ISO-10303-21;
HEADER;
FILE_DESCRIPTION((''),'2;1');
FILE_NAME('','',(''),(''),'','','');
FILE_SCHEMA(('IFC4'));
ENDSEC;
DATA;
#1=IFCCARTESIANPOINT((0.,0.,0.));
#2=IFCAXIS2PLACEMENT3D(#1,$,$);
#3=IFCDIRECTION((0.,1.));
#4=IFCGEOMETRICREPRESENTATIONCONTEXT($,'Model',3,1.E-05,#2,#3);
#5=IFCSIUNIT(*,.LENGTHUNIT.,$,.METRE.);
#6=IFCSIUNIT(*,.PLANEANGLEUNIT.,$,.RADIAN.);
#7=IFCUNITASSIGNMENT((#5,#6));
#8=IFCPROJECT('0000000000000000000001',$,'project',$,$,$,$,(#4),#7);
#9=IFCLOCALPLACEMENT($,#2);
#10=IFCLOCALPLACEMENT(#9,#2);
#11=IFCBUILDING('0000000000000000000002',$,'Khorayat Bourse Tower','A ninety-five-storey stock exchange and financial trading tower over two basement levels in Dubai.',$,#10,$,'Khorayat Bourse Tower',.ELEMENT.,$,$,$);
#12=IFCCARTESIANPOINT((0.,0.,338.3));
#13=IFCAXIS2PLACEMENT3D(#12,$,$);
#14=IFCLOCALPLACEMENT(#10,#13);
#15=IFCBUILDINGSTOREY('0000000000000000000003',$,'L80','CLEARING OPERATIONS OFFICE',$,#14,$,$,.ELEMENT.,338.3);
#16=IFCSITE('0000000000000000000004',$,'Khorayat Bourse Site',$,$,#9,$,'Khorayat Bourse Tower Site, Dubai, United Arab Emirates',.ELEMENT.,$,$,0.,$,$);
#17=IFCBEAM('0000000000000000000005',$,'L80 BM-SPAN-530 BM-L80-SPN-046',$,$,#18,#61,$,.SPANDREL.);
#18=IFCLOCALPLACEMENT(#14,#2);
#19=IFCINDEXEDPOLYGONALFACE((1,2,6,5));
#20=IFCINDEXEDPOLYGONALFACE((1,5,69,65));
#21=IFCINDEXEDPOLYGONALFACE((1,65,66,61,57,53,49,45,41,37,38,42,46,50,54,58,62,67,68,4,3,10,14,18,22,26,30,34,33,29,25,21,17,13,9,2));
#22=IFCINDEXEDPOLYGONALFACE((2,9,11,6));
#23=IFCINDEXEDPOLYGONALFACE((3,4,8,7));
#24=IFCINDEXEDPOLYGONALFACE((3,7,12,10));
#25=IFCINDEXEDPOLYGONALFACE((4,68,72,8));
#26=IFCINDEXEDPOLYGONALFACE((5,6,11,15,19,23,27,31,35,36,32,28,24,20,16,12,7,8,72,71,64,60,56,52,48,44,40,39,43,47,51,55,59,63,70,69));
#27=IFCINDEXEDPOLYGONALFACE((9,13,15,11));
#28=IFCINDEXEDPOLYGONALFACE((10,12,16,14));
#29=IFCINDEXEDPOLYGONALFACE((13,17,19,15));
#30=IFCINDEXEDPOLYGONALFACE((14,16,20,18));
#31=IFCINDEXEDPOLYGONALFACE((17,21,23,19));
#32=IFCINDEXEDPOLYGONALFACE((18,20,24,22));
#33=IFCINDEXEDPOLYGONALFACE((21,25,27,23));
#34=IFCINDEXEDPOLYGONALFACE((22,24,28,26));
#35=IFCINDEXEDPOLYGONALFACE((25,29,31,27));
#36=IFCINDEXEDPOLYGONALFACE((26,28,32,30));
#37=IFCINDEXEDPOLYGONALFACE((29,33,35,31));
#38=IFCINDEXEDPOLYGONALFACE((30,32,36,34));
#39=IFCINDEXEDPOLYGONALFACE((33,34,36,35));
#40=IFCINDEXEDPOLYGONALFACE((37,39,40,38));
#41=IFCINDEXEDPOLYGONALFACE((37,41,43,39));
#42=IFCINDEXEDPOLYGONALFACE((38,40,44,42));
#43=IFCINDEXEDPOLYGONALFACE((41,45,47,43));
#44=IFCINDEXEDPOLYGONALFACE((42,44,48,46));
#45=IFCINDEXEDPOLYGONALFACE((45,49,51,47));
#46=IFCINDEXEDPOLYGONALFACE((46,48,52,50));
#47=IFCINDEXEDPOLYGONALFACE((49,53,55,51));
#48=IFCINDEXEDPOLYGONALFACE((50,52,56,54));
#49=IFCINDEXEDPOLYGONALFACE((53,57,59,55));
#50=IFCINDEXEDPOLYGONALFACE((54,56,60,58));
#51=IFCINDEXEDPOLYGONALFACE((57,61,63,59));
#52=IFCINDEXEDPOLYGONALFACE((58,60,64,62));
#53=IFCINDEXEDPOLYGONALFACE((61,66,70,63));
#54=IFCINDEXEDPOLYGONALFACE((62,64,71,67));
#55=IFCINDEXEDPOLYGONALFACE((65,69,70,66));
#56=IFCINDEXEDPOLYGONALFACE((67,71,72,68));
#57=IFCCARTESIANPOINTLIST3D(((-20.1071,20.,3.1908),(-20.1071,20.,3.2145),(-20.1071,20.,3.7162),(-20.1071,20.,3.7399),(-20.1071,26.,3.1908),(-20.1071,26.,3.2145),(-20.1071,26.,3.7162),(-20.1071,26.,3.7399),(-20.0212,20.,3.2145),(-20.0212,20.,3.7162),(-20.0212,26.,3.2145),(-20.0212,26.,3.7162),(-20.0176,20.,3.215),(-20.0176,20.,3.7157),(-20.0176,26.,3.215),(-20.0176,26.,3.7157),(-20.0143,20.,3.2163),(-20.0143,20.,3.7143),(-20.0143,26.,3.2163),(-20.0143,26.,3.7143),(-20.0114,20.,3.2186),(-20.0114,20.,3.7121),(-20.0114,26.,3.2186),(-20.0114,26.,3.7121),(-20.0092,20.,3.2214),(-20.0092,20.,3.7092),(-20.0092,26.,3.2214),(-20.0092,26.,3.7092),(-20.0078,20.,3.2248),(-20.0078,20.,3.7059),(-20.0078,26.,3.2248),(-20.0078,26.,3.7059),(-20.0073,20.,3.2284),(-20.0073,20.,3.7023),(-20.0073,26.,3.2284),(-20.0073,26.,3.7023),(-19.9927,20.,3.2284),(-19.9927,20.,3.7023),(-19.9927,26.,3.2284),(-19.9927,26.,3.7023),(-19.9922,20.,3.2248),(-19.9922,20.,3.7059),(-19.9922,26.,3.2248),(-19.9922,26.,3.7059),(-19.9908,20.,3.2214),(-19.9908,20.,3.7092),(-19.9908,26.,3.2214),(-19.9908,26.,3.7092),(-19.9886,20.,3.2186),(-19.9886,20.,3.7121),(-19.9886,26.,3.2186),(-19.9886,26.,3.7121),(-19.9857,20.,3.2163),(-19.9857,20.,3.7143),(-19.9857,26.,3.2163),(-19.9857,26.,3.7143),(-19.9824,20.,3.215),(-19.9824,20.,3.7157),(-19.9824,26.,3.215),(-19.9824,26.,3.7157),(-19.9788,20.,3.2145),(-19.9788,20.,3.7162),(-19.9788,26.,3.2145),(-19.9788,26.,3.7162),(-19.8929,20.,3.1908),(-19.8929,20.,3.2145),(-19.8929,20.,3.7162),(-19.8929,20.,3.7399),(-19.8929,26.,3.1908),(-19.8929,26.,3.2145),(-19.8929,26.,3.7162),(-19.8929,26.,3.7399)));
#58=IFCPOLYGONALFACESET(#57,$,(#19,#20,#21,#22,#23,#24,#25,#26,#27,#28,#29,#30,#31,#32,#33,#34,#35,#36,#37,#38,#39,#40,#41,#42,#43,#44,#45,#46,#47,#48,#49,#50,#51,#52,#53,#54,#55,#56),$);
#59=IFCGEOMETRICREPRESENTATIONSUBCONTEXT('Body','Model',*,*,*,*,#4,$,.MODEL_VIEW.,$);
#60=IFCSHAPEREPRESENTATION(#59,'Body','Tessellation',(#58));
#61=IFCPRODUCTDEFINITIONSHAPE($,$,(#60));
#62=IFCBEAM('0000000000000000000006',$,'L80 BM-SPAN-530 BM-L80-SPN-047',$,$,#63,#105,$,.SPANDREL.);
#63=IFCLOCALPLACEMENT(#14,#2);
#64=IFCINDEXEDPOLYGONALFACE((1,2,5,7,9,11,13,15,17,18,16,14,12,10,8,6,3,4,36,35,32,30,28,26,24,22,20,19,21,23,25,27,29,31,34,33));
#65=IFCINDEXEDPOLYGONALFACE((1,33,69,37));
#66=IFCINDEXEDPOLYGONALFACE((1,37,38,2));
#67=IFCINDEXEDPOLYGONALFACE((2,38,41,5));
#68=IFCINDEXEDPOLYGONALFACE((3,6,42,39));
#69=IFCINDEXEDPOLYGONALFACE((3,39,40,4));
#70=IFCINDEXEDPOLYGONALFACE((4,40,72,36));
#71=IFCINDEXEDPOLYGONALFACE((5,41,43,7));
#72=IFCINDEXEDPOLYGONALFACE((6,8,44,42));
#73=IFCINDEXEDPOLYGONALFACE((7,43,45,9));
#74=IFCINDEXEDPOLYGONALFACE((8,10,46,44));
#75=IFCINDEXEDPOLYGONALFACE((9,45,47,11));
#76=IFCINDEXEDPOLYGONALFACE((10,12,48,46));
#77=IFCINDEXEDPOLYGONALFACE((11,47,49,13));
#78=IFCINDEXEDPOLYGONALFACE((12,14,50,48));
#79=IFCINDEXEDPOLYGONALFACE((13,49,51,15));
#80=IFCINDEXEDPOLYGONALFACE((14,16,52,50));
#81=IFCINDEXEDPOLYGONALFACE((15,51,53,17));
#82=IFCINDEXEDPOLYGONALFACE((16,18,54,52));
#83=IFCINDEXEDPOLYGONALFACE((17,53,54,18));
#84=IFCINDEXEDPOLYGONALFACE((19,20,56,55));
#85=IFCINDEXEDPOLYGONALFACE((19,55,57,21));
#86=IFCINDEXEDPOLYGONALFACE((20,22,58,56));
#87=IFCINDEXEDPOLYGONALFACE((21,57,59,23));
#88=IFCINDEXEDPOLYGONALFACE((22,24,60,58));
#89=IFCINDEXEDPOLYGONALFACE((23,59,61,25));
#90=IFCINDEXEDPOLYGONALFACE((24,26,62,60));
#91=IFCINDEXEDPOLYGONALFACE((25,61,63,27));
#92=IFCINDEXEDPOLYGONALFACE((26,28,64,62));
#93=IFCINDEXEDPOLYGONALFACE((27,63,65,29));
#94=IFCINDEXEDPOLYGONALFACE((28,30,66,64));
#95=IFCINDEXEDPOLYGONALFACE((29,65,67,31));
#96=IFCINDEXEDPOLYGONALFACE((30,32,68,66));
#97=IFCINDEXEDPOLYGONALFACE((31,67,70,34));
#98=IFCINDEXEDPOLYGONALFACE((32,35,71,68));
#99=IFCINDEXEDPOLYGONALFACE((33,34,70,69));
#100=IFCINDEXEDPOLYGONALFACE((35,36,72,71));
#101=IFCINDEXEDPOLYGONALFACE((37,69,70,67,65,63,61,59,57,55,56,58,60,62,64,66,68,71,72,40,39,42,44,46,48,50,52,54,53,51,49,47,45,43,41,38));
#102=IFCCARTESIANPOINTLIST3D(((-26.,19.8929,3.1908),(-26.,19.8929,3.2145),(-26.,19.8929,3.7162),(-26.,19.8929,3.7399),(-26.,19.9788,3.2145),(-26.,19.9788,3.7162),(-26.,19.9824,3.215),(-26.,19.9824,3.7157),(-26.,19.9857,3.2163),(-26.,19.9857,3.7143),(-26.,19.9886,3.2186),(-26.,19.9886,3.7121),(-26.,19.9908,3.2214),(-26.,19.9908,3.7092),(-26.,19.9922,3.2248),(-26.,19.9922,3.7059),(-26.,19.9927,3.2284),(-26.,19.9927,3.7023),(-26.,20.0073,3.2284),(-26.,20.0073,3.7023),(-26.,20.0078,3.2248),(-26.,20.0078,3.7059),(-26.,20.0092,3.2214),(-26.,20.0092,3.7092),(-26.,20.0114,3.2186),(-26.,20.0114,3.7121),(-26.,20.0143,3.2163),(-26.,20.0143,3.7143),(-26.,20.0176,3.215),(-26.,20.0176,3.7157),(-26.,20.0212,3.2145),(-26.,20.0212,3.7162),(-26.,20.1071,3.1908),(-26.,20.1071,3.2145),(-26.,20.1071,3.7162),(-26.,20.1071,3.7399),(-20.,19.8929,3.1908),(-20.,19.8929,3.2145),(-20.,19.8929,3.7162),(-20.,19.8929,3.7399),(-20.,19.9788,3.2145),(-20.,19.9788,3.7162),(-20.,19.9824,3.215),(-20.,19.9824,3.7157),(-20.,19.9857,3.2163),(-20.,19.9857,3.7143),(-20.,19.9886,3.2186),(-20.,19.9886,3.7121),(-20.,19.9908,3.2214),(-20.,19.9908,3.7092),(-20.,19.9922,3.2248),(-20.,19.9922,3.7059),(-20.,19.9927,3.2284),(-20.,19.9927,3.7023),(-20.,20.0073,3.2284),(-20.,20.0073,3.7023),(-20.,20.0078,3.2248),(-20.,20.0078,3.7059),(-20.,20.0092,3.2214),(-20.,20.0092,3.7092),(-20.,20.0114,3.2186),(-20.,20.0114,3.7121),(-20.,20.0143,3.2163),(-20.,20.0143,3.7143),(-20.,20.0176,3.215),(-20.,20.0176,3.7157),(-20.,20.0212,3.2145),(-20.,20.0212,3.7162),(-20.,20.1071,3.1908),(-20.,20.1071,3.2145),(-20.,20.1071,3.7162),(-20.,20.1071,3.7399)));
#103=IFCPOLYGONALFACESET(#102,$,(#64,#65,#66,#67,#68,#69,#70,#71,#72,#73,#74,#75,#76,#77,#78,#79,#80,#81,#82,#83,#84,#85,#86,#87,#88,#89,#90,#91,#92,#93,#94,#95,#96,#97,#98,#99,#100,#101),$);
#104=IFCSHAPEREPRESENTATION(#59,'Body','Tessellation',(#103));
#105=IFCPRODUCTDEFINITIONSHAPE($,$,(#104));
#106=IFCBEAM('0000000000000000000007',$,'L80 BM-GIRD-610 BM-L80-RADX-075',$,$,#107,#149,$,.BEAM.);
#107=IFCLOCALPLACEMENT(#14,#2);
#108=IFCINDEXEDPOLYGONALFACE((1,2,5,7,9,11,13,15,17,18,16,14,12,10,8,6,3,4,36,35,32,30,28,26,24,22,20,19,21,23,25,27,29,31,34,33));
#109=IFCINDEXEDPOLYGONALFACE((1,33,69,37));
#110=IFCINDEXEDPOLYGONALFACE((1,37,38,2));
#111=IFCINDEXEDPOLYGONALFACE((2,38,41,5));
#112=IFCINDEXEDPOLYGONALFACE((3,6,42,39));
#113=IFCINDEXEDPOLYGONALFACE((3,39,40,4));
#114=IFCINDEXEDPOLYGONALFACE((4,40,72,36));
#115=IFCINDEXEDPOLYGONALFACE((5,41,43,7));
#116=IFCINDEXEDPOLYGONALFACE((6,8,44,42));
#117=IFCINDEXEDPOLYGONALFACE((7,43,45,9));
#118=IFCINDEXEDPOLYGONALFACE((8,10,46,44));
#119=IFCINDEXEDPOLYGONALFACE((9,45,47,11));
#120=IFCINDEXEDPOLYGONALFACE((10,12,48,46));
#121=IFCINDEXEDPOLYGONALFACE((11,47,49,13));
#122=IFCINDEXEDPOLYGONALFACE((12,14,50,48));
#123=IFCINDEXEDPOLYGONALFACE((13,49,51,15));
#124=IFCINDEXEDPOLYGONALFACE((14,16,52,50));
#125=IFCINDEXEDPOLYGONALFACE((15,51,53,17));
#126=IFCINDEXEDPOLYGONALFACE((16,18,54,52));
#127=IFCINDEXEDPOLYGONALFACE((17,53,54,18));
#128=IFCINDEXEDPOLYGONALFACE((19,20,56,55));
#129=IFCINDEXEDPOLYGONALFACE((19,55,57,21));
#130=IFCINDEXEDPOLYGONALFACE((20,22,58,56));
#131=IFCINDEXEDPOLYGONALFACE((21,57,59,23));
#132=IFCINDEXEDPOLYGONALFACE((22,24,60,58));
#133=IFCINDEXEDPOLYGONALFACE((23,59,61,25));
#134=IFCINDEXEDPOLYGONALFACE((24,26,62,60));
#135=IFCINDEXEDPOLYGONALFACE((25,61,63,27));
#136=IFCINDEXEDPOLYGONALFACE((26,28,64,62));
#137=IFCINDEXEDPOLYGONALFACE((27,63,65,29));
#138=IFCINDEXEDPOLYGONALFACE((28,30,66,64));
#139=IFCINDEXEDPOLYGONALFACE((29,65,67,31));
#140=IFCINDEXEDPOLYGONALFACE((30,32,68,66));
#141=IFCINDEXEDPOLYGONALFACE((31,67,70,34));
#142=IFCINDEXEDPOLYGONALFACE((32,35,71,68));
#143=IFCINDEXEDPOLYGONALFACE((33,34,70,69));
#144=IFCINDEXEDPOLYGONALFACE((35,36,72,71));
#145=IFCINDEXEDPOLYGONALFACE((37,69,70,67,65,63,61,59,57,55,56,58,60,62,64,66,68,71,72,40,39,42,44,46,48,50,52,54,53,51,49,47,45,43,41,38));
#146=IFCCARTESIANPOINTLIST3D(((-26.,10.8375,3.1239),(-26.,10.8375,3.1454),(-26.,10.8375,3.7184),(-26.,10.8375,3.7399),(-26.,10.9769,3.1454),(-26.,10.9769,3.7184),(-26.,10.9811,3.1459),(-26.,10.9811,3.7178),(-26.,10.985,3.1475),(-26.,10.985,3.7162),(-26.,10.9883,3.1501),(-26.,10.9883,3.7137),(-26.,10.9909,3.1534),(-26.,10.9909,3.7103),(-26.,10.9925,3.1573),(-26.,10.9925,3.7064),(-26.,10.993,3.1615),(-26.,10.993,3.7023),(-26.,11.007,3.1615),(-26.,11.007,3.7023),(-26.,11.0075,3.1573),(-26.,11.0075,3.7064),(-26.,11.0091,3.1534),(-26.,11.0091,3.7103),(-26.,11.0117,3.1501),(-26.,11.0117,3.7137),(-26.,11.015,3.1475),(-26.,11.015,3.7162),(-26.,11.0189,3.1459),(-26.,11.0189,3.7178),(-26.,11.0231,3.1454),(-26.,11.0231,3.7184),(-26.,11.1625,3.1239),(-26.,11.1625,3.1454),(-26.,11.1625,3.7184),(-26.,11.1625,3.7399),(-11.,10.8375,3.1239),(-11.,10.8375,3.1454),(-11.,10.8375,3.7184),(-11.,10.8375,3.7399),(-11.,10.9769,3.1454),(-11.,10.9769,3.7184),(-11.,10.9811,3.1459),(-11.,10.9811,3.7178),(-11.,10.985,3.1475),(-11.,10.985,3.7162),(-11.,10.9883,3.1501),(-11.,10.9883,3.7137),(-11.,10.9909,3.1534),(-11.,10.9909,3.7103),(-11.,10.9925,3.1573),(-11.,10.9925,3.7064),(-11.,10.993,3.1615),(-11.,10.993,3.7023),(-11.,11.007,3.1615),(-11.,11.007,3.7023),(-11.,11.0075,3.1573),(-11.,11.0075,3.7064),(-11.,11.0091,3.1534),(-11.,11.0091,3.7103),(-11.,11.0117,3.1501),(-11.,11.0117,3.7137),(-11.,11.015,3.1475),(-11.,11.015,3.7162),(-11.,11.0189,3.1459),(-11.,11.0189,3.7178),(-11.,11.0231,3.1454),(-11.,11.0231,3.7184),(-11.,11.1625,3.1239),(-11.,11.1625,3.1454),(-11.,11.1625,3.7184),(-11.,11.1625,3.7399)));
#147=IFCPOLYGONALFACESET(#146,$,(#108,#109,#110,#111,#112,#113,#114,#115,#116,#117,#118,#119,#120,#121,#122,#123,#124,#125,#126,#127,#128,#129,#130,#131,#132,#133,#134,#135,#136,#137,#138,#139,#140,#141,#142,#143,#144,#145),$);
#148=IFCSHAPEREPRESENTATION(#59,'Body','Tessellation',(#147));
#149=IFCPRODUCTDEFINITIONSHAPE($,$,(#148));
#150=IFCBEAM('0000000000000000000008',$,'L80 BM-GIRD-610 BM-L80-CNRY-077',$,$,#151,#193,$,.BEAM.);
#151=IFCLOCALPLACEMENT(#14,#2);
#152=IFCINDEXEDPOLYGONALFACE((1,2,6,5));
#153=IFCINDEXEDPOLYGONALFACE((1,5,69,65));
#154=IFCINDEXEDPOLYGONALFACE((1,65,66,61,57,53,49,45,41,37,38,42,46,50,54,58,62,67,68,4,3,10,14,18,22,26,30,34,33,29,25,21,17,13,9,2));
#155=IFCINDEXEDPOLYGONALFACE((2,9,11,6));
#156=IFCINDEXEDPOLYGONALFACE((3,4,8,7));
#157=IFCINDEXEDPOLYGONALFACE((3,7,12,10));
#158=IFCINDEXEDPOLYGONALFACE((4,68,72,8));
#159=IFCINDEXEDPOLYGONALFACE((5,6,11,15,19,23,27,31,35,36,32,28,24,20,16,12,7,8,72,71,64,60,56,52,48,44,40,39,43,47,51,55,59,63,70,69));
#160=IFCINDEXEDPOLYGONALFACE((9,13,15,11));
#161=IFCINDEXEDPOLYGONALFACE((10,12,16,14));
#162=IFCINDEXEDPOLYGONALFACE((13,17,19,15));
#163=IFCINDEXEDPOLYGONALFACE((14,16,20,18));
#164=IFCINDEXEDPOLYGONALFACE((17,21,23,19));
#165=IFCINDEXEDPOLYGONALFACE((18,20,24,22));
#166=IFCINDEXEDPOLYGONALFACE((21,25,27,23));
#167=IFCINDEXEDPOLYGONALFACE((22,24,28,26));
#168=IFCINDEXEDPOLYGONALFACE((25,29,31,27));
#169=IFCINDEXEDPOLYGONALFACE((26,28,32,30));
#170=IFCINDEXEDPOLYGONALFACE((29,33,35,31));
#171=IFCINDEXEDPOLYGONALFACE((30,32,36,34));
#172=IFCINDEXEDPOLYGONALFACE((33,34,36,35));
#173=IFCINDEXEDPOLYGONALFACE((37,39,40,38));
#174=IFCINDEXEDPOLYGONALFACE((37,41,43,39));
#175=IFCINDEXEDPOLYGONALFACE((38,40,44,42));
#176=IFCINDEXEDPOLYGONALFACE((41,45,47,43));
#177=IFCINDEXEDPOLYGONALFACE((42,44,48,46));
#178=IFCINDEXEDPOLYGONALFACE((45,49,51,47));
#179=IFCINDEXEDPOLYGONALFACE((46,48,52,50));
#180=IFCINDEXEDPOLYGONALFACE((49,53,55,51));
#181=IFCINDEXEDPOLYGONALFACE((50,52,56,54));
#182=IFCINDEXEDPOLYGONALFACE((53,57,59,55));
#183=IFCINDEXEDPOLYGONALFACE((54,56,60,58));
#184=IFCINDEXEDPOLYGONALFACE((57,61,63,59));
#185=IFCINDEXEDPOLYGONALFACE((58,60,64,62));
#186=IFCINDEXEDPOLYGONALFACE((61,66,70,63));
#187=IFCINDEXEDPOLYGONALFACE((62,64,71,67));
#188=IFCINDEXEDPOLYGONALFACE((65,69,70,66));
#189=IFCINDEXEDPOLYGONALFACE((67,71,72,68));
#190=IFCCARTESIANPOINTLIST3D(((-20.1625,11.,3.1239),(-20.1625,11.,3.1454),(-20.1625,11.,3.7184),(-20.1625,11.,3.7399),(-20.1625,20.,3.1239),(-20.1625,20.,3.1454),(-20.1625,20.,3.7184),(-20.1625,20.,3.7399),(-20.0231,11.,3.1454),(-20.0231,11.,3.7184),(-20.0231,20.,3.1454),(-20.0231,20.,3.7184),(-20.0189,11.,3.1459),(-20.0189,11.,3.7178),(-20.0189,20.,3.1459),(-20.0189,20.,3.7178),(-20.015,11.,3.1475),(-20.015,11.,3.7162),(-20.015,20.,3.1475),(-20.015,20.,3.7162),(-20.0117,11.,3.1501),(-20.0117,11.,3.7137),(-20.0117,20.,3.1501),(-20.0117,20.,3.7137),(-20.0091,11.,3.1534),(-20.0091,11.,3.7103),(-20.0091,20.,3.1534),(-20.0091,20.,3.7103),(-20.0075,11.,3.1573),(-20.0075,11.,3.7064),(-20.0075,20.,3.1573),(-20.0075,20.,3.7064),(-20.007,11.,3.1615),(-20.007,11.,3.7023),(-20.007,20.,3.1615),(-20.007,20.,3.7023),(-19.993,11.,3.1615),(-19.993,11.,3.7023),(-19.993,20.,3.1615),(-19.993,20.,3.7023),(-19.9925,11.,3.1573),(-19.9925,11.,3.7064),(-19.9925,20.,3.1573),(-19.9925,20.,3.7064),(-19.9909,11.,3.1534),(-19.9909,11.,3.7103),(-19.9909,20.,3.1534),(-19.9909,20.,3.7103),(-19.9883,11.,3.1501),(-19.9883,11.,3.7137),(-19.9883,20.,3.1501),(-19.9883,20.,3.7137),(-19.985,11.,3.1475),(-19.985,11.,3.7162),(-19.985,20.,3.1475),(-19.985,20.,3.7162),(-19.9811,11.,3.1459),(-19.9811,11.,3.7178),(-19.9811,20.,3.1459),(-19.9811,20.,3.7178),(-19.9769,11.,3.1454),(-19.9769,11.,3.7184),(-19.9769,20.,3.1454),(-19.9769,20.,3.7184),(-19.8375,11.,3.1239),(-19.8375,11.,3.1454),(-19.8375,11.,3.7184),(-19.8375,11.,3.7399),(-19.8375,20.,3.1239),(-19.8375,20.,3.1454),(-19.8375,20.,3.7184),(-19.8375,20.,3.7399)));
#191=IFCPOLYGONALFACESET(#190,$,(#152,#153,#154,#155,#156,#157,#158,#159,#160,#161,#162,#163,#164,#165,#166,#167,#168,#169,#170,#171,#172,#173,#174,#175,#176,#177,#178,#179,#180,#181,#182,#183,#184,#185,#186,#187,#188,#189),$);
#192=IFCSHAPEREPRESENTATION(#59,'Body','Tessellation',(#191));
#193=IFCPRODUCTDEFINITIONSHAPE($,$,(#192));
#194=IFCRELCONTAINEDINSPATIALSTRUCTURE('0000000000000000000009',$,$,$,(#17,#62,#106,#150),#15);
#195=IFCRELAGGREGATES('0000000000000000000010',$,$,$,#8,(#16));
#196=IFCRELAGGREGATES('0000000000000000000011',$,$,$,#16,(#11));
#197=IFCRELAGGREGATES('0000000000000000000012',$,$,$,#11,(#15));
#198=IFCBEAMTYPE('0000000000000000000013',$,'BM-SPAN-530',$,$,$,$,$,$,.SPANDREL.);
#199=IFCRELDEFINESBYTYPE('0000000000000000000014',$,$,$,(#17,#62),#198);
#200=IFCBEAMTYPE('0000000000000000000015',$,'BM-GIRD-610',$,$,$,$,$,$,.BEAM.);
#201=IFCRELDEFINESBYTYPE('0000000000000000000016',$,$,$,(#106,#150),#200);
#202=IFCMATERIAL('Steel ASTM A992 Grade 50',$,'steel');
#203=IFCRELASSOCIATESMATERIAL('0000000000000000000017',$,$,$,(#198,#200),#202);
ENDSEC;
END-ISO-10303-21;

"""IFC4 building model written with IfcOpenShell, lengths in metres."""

from ifc_helpers import new_model, si_unit, direction, frame, origin, origin_2d, place, context, subcontext, project, spatial, i_section, extrude, source, transform, mapped, material, material_profile, profile_set, type_object, element, save


model = new_model("IFC4")

# Units and contexts
model_context = context("Model", 3, precision=1e-05, world=origin(), true_north=direction((0.0, 1.0)))
body_context = subcontext(model_context, "Body", "Model", "MODEL_VIEW")
ifc_project = project(units=[si_unit("LENGTHUNIT", "METRE"), si_unit("PLANEANGLEUNIT", "RADIAN")], contexts=[model_context])

# Site, building, storey
site_placement = place(None, origin())
site = spatial("IfcSite", under=ifc_project, at=site_placement, Name="Khorayat Bourse Site", LongName="Khorayat Bourse Tower Site, Dubai, United Arab Emirates", CompositionType="ELEMENT", RefElevation=0.0)
building_placement = place(site_placement, origin())
building = spatial("IfcBuilding", under=site, at=building_placement, Name="Khorayat Bourse Tower", Description="A ninety-five-storey stock exchange and financial trading tower over two basement levels in Dubai.", LongName="Khorayat Bourse Tower", CompositionType="ELEMENT")
storey_placement = place(building_placement, frame((0.0, 0.0, 338.3)))
storey = spatial("IfcBuildingStorey", under=building, at=storey_placement, Name="L80", Description="CLEARING OPERATIONS OFFICE", CompositionType="ELEMENT", Elevation=338.3)

# Beams
ifc_material_1 = material(Name="Steel ASTM A992 Grade 50", Category="steel")
ifc_material_profile_1 = material_profile(ifc_material_1, i_section(OverallWidth=0.2141, OverallDepth=0.5491, WebThickness=0.0146, FlangeThickness=0.0237, FilletRadius=0.0139, at=origin_2d()), Name="W530X138")
ifc_profile_set_1 = profile_set([ifc_material_profile_1], Name="Steel ASTM A992 Grade 50")
beam_type_1 = type_object("IfcBeamType", Name="BM-SPAN-530", PredefinedType="SPANDREL", material=ifc_profile_set_1)
shared_shape_1 = source(origin(), body_context, "Body", "SweptSolid", [
    extrude(i_section(OverallWidth=0.2141, OverallDepth=0.5491, WebThickness=0.0146, FlangeThickness=0.0237, FilletRadius=0.0139, at=origin_2d()), origin(), (0.0, 0.0, 1.0), 6.0),
])
for number, where, z_axis, x_axis, name in (
    (1, (-20.0, 20.0, 3.4653), (0.0, 1.0, 0.0), (-1.0, 0.0, 0.0), "L80 BM-SPAN-530 BM-L80-SPN-046"),
    (2, (-26.0, 20.0, 3.4653), (1.0, 0.0, 0.0), (0.0, 1.0, 0.0), "L80 BM-SPAN-530 BM-L80-SPN-047"),
):
    element("IfcBeam", number, at=place(storey_placement, frame(where, z_axis=z_axis, x_axis=x_axis)), inside=storey, type_object=beam_type_1, Name=name, PredefinedType="SPANDREL", context=body_context, shape_type="MappedRepresentation", body=[
        mapped(shared_shape_1, transform((0.0, 0.0, 0.0), scale=1.0)),
    ])
ifc_material_profile_2 = material_profile(ifc_material_1, i_section(OverallWidth=0.325, OverallDepth=0.616, WebThickness=0.0139, FlangeThickness=0.0215, FilletRadius=0.0161, at=origin_2d()), Name="W610X174")
ifc_profile_set_2 = profile_set([ifc_material_profile_2], Name="Steel ASTM A992 Grade 50")
beam_type_2 = type_object("IfcBeamType", Name="BM-GIRD-610", PredefinedType="BEAM", material=ifc_profile_set_2)
shared_shape_2 = source(origin(), body_context, "Body", "SweptSolid", [
    extrude(i_section(OverallWidth=0.325, OverallDepth=0.616, WebThickness=0.0139, FlangeThickness=0.0215, FilletRadius=0.0161, at=origin_2d()), origin(), (0.0, 0.0, 1.0), 15.0),
])
beam_1_placement = place(storey_placement, frame((-26.0, 11.0, 3.4319), z_axis=(1.0, 0.0, 0.0), x_axis=(0.0, 1.0, 0.0)))
element("IfcBeam", 3, at=beam_1_placement, inside=storey, type_object=beam_type_2, Name="L80 BM-GIRD-610 BM-L80-RADX-075", PredefinedType="BEAM", context=body_context, shape_type="MappedRepresentation", body=[
    mapped(shared_shape_2, transform((0.0, 0.0, 0.0), scale=1.0)),
])
shared_shape_3 = source(origin(), body_context, "Body", "SweptSolid", [
    extrude(i_section(OverallWidth=0.325, OverallDepth=0.616, WebThickness=0.0139, FlangeThickness=0.0215, FilletRadius=0.0161, at=origin_2d()), origin(), (0.0, 0.0, 1.0), 9.0),
])
beam_2_placement = place(storey_placement, frame((-20.0, 11.0, 3.4319), z_axis=(0.0, 1.0, 0.0), x_axis=(-1.0, 0.0, 0.0)))
element("IfcBeam", 4, at=beam_2_placement, inside=storey, type_object=beam_type_2, Name="L80 BM-GIRD-610 BM-L80-CNRY-077", PredefinedType="BEAM", context=body_context, shape_type="MappedRepresentation", body=[
    mapped(shared_shape_3, transform((0.0, 0.0, 0.0), scale=1.0)),
])

save(model, "model.ifc")
